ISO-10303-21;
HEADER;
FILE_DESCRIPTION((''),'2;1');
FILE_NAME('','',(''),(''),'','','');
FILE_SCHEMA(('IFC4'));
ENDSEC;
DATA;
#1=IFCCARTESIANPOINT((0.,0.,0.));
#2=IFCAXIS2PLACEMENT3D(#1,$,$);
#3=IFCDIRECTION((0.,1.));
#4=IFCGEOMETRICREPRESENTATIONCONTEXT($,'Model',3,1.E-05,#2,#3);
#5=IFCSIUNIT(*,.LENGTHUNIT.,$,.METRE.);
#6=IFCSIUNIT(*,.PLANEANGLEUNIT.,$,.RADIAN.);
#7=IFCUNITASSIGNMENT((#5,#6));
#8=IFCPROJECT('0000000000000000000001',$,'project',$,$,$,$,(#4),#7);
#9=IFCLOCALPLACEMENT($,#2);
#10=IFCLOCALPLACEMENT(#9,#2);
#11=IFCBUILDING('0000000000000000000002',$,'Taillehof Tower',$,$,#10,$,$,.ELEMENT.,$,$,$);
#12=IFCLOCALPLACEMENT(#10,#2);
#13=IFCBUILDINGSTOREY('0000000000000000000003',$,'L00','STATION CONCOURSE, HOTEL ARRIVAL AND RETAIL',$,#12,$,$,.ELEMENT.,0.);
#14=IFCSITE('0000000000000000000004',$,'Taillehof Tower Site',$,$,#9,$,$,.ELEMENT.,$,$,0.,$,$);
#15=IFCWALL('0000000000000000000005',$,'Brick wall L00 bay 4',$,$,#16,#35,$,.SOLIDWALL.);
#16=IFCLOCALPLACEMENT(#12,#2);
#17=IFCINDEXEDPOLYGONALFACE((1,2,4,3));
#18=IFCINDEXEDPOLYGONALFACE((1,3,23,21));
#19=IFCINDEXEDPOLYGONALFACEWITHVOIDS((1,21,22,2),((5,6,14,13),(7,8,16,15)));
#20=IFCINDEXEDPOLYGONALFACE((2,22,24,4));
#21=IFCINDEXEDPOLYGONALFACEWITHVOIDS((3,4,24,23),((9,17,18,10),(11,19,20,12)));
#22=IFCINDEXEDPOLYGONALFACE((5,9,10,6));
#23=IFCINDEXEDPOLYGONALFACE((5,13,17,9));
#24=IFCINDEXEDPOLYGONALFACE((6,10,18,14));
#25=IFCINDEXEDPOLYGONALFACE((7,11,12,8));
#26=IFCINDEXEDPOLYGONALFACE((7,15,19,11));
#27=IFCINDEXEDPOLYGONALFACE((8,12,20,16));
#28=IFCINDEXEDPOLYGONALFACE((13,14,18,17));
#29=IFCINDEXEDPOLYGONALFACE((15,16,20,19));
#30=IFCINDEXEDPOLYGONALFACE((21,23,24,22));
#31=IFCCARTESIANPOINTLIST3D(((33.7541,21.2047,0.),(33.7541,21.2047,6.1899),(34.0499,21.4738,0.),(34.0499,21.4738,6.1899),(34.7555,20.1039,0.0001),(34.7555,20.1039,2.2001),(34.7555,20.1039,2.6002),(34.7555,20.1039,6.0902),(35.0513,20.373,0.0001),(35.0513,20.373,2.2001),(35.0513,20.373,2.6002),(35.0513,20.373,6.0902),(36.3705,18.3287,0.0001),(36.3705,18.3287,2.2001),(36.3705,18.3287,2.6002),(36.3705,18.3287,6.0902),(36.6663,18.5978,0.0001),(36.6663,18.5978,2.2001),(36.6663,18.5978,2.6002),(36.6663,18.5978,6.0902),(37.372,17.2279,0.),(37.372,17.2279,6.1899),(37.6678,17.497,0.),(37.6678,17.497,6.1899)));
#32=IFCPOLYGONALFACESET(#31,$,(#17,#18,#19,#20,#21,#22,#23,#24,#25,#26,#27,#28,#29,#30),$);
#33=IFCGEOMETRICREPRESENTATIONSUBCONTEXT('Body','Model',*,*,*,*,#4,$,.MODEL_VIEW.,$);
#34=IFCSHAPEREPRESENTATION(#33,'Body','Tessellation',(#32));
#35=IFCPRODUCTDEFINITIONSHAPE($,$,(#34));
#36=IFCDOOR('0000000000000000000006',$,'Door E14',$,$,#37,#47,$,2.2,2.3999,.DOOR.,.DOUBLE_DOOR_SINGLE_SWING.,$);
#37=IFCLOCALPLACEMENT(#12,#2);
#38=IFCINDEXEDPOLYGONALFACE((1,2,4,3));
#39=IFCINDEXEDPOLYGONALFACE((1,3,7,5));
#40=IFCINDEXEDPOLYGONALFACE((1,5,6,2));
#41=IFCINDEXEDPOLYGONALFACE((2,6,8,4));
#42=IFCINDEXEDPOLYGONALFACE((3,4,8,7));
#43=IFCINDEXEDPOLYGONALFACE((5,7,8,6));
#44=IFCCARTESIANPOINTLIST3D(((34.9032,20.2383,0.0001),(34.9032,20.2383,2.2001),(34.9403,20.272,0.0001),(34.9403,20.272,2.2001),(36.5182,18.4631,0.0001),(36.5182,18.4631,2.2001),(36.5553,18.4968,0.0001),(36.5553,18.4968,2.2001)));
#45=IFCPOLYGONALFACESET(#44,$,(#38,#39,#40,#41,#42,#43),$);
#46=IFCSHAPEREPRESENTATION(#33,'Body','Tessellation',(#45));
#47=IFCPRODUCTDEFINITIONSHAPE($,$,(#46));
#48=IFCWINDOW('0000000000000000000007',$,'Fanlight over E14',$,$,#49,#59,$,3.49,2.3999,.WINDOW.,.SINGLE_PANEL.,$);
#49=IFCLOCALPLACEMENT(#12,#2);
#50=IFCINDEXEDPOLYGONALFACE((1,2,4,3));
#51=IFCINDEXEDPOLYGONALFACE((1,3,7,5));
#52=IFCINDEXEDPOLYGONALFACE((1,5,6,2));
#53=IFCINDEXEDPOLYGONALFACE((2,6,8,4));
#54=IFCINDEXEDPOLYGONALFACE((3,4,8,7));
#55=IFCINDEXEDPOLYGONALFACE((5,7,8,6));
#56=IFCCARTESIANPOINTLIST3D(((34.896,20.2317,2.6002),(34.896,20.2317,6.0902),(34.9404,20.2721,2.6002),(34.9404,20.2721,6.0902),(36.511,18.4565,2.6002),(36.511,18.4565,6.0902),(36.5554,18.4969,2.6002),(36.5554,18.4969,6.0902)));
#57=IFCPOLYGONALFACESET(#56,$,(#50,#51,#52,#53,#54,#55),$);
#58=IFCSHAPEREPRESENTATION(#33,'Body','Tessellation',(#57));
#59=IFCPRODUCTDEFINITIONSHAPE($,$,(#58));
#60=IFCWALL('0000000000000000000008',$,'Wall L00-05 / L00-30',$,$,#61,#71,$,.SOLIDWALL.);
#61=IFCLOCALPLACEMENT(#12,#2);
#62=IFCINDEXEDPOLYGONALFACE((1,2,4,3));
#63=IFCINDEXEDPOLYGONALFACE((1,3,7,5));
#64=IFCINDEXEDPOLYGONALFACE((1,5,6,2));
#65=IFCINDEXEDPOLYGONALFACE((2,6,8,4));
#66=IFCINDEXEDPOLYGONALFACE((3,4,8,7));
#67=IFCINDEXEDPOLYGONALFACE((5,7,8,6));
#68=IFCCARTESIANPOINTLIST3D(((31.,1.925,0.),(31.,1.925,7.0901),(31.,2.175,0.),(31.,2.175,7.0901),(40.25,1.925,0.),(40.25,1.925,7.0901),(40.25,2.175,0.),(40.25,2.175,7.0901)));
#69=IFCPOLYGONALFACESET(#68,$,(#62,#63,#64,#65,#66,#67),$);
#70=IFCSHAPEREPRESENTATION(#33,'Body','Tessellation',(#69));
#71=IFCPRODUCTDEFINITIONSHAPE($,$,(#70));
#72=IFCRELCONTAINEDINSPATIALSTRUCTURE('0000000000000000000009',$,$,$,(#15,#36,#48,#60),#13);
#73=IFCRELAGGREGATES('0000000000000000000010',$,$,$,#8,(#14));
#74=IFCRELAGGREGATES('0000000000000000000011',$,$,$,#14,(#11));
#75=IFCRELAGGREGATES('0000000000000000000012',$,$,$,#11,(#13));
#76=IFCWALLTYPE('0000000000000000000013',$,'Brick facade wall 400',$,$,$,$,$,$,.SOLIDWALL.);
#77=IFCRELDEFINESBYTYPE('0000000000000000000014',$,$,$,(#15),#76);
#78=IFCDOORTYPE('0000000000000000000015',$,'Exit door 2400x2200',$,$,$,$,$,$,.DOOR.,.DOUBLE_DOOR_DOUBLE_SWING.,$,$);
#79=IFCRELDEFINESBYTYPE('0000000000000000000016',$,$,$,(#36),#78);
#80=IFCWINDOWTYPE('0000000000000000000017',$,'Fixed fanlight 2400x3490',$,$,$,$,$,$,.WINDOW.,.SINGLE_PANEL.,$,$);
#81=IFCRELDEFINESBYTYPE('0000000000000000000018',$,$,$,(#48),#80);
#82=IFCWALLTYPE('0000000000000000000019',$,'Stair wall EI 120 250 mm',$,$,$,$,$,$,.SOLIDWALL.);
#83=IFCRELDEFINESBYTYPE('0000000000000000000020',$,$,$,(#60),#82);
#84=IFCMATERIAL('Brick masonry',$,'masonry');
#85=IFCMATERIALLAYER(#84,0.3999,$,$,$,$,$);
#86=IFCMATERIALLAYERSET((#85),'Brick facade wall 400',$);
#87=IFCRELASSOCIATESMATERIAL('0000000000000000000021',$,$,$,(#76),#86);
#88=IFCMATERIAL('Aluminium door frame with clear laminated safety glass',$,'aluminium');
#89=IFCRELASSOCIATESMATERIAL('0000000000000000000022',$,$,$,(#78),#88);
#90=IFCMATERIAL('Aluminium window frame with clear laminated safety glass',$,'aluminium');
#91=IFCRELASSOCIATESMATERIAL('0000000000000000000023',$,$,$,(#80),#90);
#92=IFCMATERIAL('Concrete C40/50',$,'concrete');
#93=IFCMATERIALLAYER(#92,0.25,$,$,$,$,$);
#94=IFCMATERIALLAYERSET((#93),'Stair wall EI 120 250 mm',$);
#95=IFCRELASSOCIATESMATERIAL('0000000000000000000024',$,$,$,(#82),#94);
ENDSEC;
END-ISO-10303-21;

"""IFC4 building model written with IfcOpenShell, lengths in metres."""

from ifc_helpers import new_model, si_unit, direction, frame, frame_2d, origin, place, context, subcontext, project, spatial, rectangle, extrude, material, layer, layer_set, type_object, element, fill, save


model = new_model("IFC4")

# Units and contexts
model_context = context("Model", 3, precision=1e-05, world=origin(), true_north=direction((0.0, 1.0)))
body_context = subcontext(model_context, "Body", "Model", "MODEL_VIEW")
ifc_project = project(units=[si_unit("LENGTHUNIT", "METRE"), si_unit("PLANEANGLEUNIT", "RADIAN")], contexts=[model_context])

# Site, building, storey
site_placement = place(None, origin())
site = spatial("IfcSite", under=ifc_project, at=site_placement, Name="Taillehof Tower Site", CompositionType="ELEMENT", RefElevation=0.0)
building_placement = place(site_placement, origin())
building = spatial("IfcBuilding", under=site, at=building_placement, Name="Taillehof Tower", CompositionType="ELEMENT")
storey_placement = place(building_placement, origin())
storey = spatial("IfcBuildingStorey", under=building, at=storey_placement, Name="L00", Description="STATION CONCOURSE, HOTEL ARRIVAL AND RETAIL", CompositionType="ELEMENT", Elevation=0.0)

# Wall, openings, door, window
ifc_material_1 = material(Name="Brick masonry", Category="masonry")
ifc_layer_1 = layer(ifc_material_1, 0.3999)
ifc_layer_set_1 = layer_set([ifc_layer_1], Name="Brick facade wall 400")
wall_type_1 = type_object("IfcWallType", Name="Brick facade wall 400", PredefinedType="SOLIDWALL", material=ifc_layer_set_1)
wall_1_placement = place(storey_placement, frame((37.5198, 17.3625, 0.0), z_axis=(0.0, 0.0, 1.0), x_axis=(-0.672942, 0.739696, 0.0)))
wall_1 = element("IfcWall", 1, at=wall_1_placement, inside=storey, type_object=wall_type_1, Name="Brick wall L00 bay 4", PredefinedType="SOLIDWALL", context=body_context, shape_type="SweptSolid", body=[
    extrude(rectangle(XDim=5.3762, YDim=0.3999, at=frame_2d((2.688, 0.0))), origin(), (0.0, 0.0, 1.0), 6.1899),
])
opening_1_placement = place(wall_1_placement, frame((1.488, 0.0, 0.0)))
opening_1 = element("IfcOpeningElement", 2, at=opening_1_placement, cuts=wall_1, PredefinedType="OPENING", context=body_context, shape_type="SweptSolid", body=[
    extrude(rectangle(XDim=2.3999, YDim=2.2, at=frame_2d((1.2, 1.1001))), frame((0.0, 0.21, 0.0), z_axis=(0.0, -1.0, 0.0), x_axis=(1.0, 0.0, 0.0)), (0.0, 0.0, 1.0), 0.4199),
])
opening_2_placement = place(wall_1_placement, frame((1.488, 0.0, 2.6001)))
opening_2 = element("IfcOpeningElement", 3, at=opening_2_placement, cuts=wall_1, PredefinedType="OPENING", context=body_context, shape_type="SweptSolid", body=[
    extrude(rectangle(XDim=2.3999, YDim=3.49, at=frame_2d((1.2, 1.7451))), frame((0.0, 0.21, 0.0), z_axis=(0.0, -1.0, 0.0), x_axis=(1.0, 0.0, 0.0)), (0.0, 0.0, 1.0), 0.4199),
])
ifc_material_2 = material(Name="Aluminium door frame with clear laminated safety glass", Category="aluminium")
door_type = type_object("IfcDoorType", Name="Exit door 2400x2200", OperationType="DOUBLE_DOOR_DOUBLE_SWING", PredefinedType="DOOR", material=ifc_material_2)
door_placement = place(opening_1_placement, frame((2.3999, 0.0, 0.0), z_axis=(0.0, 0.0, 1.0), x_axis=(-1.0, 0.0, 0.0)))
door = element("IfcDoor", 4, at=door_placement, inside=storey, type_object=door_type, Name="Door E14", OperationType="DOUBLE_DOOR_SINGLE_SWING", OverallHeight=2.2, OverallWidth=2.3999, PredefinedType="DOOR", context=body_context, shape_type="SweptSolid", body=[
    extrude(rectangle(XDim=2.3999, YDim=2.2, at=frame_2d((1.2, 1.1001))), frame((0.0, 0.0498, 0.0), z_axis=(0.0, -1.0, 0.0), x_axis=(1.0, 0.0, 0.0)), (0.0, 0.0, 1.0), 0.05),
])
fill(opening_1, door)
ifc_material_3 = material(Name="Aluminium window frame with clear laminated safety glass", Category="aluminium")
window_type = type_object("IfcWindowType", Name="Fixed fanlight 2400x3490", PartitioningType="SINGLE_PANEL", PredefinedType="WINDOW", material=ifc_material_3)
window_placement = place(opening_2_placement, origin())
window = element("IfcWindow", 5, at=window_placement, inside=storey, type_object=window_type, Name="Fanlight over E14", OverallHeight=3.49, OverallWidth=2.3999, PartitioningType="SINGLE_PANEL", PredefinedType="WINDOW", context=body_context, shape_type="SweptSolid", body=[
    extrude(rectangle(XDim=2.3999, YDim=3.49, at=frame_2d((1.2, 1.7451))), frame((0.0, 0.01, 0.0), z_axis=(0.0, -1.0, 0.0), x_axis=(1.0, 0.0, 0.0)), (0.0, 0.0, 1.0), 0.0601),
])
fill(opening_2, window)

# Wall
ifc_material_4 = material(Name="Concrete C40/50", Category="concrete")
ifc_layer_2 = layer(ifc_material_4, 0.25)
ifc_layer_set_2 = layer_set([ifc_layer_2], Name="Stair wall EI 120 250 mm")
wall_type_2 = type_object("IfcWallType", Name="Stair wall EI 120 250 mm", PredefinedType="SOLIDWALL", material=ifc_layer_set_2)
wall_2_placement = place(storey_placement, frame((31.0, 2.05, 0.0), z_axis=(0.0, 0.0, 1.0), x_axis=(1.0, 0.0, 0.0)))
element("IfcWall", 6, at=wall_2_placement, inside=storey, type_object=wall_type_2, Name="Wall L00-05 / L00-30", PredefinedType="SOLIDWALL", context=body_context, shape_type="SweptSolid", body=[
    extrude(rectangle(XDim=9.25, YDim=0.25, at=frame_2d((4.625, 0.0))), origin(), (0.0, 0.0, 1.0), 7.0901),
])

save(model, "model.ifc")
